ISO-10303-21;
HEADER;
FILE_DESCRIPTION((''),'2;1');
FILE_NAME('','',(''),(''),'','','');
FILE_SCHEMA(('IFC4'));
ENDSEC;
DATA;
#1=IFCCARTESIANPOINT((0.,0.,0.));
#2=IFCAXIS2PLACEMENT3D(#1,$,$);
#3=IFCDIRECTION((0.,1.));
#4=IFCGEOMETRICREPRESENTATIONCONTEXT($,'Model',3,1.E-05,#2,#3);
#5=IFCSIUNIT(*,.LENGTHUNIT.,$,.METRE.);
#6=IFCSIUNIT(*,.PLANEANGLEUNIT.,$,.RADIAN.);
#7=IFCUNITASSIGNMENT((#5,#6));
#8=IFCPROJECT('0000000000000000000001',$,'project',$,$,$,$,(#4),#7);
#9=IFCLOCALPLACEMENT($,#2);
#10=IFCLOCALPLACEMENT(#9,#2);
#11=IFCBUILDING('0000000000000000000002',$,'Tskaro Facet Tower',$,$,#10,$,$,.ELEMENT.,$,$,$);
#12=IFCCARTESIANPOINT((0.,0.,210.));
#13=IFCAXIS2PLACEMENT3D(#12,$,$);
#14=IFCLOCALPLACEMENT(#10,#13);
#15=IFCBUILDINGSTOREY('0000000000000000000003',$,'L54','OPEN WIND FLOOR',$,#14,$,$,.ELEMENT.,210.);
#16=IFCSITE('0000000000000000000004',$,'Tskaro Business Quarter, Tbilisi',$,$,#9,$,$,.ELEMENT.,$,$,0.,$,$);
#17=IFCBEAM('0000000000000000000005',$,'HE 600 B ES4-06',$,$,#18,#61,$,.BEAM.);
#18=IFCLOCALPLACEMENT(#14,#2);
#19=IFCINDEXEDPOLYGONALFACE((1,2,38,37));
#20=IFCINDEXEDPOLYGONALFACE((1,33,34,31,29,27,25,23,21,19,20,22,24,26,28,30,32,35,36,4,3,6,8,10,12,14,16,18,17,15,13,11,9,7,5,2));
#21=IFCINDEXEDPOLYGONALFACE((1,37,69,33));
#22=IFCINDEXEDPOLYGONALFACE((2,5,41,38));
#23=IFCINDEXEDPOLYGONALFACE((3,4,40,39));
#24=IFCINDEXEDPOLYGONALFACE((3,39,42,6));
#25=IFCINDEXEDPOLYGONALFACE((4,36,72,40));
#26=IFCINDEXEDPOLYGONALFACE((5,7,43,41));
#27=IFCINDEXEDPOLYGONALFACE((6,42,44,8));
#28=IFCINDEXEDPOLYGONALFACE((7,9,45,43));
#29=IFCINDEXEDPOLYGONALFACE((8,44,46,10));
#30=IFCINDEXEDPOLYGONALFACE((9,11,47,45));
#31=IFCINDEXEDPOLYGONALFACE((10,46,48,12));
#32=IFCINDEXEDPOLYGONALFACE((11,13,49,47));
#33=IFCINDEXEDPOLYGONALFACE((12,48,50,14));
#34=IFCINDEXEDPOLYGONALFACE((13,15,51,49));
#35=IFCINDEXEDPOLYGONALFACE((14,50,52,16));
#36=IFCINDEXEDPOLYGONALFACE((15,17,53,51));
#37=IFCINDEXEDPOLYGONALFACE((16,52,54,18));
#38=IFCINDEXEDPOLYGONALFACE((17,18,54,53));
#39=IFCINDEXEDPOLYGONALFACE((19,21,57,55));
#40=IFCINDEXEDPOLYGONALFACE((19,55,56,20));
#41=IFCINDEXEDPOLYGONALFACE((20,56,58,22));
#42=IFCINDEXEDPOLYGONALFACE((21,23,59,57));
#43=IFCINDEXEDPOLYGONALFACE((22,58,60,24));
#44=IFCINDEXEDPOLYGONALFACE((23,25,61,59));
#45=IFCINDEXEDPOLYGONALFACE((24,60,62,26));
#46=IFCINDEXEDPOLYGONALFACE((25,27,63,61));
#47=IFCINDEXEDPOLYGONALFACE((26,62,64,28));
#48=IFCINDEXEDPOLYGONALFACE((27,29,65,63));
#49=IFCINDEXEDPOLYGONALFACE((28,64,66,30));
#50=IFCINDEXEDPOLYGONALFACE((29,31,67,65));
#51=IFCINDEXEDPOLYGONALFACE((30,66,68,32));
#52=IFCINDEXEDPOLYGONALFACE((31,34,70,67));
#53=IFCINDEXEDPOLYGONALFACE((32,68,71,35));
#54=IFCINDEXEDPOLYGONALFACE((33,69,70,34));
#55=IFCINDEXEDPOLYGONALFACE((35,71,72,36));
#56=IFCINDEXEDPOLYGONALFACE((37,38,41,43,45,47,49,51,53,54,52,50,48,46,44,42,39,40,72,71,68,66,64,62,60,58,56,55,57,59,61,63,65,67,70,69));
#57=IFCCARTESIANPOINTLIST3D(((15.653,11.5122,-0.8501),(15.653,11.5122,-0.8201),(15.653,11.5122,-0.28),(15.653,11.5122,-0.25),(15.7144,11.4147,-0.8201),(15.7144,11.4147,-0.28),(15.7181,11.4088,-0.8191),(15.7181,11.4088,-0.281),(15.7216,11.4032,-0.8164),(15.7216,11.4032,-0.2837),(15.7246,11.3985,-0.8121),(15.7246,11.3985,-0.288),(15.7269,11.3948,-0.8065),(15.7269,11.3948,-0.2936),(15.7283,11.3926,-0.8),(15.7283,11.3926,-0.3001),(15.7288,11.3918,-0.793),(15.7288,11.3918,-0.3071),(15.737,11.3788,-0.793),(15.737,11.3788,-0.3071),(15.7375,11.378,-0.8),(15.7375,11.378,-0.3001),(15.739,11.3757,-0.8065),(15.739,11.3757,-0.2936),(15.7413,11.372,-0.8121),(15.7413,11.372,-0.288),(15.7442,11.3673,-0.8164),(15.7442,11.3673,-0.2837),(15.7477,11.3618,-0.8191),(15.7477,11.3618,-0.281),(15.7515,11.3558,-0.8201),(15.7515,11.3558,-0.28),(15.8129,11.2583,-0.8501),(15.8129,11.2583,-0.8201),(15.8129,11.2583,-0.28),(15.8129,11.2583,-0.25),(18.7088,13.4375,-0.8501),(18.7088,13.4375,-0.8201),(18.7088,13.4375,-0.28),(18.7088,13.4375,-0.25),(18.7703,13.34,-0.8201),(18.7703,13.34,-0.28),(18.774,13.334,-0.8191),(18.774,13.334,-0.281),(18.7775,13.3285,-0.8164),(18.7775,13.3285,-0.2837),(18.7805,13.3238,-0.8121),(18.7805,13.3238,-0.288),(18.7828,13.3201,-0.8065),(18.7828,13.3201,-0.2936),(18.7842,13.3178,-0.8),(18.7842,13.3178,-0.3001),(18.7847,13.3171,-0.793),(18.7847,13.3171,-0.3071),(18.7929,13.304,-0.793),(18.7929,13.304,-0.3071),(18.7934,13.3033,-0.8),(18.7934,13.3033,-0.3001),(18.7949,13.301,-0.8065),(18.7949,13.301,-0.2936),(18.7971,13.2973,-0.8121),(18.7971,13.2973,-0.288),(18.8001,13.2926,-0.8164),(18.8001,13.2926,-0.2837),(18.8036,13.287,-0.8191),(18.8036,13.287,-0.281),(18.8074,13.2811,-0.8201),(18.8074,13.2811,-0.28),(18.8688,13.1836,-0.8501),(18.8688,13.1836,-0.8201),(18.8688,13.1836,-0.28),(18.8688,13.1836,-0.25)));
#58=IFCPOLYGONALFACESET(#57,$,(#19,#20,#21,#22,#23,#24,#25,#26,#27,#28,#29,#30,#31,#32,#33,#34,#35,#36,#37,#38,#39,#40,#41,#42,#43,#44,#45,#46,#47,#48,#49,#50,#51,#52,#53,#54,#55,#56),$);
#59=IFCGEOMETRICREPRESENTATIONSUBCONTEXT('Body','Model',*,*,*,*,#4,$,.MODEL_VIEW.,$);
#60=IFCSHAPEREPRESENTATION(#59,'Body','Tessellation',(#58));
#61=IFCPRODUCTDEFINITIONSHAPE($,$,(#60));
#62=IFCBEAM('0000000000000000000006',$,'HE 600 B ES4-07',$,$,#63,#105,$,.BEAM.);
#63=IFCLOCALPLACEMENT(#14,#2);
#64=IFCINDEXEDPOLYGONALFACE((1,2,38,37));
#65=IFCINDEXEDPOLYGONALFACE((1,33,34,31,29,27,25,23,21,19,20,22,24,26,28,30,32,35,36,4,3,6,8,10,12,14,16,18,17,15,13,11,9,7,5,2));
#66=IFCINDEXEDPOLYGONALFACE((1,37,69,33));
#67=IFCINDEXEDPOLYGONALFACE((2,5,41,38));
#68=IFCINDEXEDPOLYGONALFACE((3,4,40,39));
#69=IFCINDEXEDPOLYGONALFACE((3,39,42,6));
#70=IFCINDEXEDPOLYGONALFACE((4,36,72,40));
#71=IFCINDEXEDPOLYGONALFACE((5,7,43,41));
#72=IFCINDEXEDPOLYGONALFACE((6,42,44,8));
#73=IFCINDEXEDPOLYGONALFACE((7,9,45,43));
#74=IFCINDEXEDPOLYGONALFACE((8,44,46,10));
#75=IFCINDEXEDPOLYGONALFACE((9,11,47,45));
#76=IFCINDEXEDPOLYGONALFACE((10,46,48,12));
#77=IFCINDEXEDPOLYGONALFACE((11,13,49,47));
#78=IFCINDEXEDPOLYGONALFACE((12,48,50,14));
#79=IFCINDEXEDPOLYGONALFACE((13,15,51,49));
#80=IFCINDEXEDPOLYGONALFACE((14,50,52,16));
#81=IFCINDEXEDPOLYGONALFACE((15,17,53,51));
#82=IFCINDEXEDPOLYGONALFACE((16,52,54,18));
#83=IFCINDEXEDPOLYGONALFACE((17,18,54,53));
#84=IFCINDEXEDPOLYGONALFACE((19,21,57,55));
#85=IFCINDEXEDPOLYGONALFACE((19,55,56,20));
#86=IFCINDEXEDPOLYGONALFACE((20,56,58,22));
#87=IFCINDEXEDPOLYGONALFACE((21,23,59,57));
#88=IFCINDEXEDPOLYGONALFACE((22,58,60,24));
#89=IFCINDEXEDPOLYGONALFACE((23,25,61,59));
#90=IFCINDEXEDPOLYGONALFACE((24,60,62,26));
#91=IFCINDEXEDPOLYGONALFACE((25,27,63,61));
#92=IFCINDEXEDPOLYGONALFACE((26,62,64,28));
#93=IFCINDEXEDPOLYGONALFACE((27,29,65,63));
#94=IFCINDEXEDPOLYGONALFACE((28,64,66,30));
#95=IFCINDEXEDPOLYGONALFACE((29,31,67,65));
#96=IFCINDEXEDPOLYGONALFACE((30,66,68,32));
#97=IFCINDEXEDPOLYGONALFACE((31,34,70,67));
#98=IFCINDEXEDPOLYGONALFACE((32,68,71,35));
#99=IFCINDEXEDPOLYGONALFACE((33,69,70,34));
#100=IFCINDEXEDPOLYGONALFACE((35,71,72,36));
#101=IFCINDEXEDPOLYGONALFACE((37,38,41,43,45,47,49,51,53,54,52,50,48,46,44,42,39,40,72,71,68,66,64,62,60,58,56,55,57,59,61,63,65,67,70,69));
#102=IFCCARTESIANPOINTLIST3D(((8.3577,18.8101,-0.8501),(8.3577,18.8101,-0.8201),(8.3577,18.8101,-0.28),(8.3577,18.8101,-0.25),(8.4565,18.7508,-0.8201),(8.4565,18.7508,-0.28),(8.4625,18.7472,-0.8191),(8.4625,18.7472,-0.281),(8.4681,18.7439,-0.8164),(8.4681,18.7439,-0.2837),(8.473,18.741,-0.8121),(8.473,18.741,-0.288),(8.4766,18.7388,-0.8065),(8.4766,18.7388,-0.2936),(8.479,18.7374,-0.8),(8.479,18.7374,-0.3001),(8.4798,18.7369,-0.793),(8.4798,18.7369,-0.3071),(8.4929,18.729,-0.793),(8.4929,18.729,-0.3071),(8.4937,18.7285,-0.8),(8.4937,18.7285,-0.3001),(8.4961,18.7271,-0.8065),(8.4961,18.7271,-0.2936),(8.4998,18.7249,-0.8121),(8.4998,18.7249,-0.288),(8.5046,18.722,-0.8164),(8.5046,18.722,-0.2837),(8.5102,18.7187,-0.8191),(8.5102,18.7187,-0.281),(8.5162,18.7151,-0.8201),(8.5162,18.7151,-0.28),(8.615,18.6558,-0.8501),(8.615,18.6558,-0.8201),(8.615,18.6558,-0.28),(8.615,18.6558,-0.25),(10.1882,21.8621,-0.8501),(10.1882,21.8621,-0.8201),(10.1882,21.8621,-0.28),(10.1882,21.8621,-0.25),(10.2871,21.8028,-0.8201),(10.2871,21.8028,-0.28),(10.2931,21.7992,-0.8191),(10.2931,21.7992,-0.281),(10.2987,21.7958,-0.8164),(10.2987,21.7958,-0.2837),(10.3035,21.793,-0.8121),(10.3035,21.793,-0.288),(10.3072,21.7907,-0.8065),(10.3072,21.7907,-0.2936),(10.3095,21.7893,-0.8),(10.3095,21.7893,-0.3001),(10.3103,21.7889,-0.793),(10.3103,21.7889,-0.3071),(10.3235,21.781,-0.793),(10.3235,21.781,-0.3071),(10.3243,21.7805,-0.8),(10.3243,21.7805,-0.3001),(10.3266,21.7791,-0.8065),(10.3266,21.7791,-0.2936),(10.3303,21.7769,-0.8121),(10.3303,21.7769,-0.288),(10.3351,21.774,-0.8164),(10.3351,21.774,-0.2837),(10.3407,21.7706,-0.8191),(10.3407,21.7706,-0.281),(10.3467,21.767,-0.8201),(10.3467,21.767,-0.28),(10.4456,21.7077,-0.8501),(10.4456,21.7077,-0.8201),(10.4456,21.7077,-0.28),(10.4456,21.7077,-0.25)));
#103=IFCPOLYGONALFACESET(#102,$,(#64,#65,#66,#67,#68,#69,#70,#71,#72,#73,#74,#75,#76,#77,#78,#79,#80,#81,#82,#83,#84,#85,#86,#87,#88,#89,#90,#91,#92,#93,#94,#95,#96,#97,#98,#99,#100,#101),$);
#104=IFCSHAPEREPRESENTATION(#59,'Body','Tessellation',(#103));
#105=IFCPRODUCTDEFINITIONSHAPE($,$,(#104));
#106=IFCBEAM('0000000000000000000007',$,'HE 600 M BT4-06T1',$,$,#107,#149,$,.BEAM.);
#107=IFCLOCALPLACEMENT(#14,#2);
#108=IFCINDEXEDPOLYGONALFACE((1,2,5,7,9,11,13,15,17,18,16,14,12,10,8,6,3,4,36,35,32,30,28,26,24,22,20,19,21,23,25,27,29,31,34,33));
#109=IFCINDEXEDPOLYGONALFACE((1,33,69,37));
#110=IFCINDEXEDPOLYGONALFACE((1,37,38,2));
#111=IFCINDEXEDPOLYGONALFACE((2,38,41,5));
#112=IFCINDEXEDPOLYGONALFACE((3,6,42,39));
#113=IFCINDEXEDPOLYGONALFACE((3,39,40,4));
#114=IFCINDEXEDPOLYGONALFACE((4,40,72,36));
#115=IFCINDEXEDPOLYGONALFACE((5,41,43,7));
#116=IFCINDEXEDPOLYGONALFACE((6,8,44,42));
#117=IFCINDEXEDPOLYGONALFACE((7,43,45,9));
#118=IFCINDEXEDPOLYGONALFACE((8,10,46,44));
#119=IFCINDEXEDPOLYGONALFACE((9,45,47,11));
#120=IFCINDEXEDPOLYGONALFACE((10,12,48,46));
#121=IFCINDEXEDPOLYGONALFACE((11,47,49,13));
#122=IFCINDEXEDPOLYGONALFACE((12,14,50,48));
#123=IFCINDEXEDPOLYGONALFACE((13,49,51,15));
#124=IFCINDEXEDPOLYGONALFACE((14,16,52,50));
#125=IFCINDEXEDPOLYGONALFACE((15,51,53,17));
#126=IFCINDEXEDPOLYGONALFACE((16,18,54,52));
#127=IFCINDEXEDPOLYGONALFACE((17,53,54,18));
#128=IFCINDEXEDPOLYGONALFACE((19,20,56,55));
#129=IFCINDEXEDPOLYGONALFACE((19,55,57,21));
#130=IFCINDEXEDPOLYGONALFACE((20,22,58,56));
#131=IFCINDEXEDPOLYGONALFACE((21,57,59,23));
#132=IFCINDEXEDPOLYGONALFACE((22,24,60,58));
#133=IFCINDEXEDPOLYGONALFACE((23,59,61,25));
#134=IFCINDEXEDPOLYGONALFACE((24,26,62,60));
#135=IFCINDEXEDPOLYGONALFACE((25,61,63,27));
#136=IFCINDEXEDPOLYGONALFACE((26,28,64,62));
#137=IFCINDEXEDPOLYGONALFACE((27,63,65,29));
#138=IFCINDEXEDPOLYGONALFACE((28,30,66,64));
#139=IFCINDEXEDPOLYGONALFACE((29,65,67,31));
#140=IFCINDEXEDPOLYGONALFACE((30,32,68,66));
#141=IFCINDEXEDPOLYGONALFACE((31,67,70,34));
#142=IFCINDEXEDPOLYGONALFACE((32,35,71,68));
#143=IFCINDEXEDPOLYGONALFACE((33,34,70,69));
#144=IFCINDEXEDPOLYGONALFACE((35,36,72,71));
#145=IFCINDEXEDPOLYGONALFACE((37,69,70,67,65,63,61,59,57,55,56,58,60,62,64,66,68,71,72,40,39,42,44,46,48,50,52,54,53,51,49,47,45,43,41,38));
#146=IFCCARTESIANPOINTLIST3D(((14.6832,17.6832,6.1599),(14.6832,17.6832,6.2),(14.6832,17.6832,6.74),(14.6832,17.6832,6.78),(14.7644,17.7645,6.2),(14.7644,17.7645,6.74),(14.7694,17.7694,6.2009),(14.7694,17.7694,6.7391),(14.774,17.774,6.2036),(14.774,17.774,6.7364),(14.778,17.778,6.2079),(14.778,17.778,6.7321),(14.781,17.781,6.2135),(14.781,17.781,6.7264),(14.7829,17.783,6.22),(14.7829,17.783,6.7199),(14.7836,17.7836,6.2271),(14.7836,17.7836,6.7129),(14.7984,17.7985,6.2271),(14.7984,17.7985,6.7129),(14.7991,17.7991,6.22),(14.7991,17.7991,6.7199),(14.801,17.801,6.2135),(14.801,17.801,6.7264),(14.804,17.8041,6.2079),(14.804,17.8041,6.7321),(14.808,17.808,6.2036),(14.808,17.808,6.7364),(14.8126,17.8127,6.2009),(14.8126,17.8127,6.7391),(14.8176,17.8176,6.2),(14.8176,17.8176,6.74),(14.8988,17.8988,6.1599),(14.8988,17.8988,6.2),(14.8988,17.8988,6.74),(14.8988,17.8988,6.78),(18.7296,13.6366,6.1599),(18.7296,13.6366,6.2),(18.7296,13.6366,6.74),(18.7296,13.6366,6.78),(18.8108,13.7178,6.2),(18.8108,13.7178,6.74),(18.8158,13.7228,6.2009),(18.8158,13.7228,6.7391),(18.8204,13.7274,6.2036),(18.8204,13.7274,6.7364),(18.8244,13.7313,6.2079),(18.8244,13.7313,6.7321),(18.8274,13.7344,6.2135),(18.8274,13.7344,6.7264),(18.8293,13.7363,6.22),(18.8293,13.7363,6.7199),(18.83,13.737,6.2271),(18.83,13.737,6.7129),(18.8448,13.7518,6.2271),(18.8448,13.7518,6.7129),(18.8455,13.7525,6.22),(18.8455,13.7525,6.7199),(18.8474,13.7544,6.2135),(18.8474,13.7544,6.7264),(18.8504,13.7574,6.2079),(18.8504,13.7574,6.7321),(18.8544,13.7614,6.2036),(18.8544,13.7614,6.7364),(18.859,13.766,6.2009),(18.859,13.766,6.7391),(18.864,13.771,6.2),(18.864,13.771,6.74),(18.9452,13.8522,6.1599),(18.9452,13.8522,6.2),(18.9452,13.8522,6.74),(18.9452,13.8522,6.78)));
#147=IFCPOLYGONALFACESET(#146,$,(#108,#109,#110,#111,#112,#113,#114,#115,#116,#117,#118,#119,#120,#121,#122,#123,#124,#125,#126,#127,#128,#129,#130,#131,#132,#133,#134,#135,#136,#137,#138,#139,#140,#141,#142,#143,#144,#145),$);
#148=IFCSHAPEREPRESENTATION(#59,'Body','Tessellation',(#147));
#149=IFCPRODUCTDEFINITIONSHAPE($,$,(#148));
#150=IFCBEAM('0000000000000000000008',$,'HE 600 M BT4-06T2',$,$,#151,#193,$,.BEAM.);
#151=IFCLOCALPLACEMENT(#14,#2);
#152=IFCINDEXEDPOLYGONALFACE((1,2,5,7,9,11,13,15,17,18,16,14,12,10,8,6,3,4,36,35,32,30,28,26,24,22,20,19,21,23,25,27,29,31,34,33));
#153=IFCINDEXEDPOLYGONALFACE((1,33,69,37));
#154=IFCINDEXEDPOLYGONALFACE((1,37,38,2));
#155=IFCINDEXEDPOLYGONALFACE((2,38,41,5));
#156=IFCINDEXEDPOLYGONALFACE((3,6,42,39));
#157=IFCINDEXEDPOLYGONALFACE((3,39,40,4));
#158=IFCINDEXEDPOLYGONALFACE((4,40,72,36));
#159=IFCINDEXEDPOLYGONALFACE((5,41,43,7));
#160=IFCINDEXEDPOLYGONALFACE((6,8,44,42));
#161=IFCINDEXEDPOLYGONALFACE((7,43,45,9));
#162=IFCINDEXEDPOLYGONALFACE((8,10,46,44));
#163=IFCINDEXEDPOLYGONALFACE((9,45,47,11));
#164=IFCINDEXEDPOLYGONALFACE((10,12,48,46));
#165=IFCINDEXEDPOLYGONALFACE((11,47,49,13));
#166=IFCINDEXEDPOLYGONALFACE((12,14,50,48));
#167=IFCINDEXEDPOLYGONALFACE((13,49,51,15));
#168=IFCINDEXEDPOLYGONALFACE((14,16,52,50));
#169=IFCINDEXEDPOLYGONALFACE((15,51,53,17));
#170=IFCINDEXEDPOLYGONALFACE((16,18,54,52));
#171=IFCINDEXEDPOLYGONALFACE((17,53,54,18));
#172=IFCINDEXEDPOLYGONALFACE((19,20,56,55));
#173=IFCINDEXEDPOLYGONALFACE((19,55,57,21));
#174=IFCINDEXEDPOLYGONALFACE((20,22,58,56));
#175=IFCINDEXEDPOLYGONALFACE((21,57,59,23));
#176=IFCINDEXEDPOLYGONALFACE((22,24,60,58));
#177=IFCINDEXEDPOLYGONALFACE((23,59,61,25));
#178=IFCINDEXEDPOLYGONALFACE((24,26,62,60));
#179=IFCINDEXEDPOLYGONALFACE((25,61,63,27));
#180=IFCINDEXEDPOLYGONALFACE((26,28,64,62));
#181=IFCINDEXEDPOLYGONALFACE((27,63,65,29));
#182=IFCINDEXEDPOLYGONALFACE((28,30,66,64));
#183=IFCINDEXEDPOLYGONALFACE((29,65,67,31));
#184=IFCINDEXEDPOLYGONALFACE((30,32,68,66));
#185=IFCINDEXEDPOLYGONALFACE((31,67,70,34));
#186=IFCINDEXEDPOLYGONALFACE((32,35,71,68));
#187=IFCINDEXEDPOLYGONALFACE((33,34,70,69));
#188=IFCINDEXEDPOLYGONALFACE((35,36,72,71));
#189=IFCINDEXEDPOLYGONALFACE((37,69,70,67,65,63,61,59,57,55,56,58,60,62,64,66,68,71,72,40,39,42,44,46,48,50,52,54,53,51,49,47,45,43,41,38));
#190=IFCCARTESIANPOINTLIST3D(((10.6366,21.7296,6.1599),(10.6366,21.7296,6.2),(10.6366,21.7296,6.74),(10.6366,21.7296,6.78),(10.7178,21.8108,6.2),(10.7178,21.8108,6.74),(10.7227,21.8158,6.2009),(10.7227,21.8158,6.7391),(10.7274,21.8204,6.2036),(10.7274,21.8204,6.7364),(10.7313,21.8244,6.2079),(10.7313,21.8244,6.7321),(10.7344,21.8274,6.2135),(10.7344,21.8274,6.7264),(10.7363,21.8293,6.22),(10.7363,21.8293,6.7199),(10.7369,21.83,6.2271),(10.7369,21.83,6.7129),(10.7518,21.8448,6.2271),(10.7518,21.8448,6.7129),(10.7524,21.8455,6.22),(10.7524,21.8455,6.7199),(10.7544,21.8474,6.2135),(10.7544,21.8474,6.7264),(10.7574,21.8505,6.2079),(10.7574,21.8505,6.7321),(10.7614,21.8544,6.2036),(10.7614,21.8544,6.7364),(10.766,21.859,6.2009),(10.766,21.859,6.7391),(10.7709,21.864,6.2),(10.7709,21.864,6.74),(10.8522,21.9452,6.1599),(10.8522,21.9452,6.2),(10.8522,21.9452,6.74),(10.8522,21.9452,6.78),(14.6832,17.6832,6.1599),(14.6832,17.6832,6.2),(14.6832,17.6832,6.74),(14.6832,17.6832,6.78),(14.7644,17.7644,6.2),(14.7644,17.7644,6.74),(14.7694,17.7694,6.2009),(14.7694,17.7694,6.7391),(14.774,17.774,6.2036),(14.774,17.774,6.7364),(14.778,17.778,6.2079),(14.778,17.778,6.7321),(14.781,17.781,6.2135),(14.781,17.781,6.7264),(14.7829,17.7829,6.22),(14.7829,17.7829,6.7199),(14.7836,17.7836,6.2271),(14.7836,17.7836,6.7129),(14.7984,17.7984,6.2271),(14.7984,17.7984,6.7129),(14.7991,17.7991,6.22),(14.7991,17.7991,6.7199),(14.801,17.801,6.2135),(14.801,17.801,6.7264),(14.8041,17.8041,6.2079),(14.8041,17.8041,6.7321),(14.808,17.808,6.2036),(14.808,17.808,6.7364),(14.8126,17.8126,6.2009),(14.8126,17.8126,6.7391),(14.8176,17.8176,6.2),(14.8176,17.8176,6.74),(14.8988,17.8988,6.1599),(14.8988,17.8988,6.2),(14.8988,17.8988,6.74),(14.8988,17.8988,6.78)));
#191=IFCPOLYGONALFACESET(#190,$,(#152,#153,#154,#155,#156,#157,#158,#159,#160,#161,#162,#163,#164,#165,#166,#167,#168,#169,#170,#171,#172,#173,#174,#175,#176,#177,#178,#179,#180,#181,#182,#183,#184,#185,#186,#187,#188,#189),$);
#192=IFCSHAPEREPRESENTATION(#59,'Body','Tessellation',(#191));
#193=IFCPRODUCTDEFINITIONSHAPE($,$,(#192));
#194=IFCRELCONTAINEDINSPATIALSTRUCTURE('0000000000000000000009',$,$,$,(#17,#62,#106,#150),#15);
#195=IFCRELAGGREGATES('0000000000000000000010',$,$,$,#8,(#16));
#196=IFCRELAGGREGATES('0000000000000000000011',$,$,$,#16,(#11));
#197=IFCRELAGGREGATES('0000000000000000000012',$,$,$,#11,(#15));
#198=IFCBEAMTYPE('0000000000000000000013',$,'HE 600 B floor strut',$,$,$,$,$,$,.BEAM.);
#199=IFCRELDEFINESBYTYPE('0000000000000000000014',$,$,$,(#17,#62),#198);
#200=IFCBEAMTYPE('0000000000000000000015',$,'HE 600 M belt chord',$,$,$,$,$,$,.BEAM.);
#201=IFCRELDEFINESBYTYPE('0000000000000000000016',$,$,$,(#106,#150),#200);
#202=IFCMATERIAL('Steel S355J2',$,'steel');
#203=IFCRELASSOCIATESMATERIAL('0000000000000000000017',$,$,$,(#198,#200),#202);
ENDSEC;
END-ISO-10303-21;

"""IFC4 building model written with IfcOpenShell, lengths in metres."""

from ifc_helpers import new_model, si_unit, direction, frame, origin, origin_2d, place, context, subcontext, project, spatial, i_section, extrude, material, material_profile, profile_set, type_object, element, save


model = new_model("IFC4")

# Units and contexts
model_context = context("Model", 3, precision=1e-05, world=origin(), true_north=direction((0.0, 1.0)))
body_context = subcontext(model_context, "Body", "Model", "MODEL_VIEW")
ifc_project = project(units=[si_unit("LENGTHUNIT", "METRE"), si_unit("PLANEANGLEUNIT", "RADIAN")], contexts=[model_context])

# Site, building, storey
site_placement = place(None, origin())
site = spatial("IfcSite", under=ifc_project, at=site_placement, Name="Tskaro Business Quarter, Tbilisi", CompositionType="ELEMENT", RefElevation=0.0)
building_placement = place(site_placement, origin())
building = spatial("IfcBuilding", under=site, at=building_placement, Name="Tskaro Facet Tower", CompositionType="ELEMENT")
storey_placement = place(building_placement, frame((0.0, 0.0, 210.0)))
storey = spatial("IfcBuildingStorey", under=building, at=storey_placement, Name="L54", Description="OPEN WIND FLOOR", CompositionType="ELEMENT", Elevation=210.0)

# Shared definitions
ifc_material_1 = material(Name="Steel S355J2", Category="steel")

# Beams
ifc_material_profile_1 = material_profile(ifc_material_1, i_section(OverallWidth=0.3, OverallDepth=0.6001, WebThickness=0.0154, FlangeThickness=0.03, FilletRadius=0.0271, at=origin_2d()), Name="HE 600 B")
ifc_profile_set_1 = profile_set([ifc_material_profile_1], Name="Steel S355J2")
beam_type_1 = type_object("IfcBeamType", Name="HE 600 B floor strut", PredefinedType="BEAM", material=ifc_profile_set_1)
beam_1_placement = place(storey_placement, frame((18.7888, 13.3105, -0.55), z_axis=(-0.846083, -0.533052, 0.0), x_axis=(0.533052, -0.846083, 0.0)))
element("IfcBeam", 1, at=beam_1_placement, inside=storey, type_object=beam_type_1, Name="HE 600 B ES4-06", PredefinedType="BEAM", context=body_context, shape_type="SweptSolid", body=[
    extrude(i_section(OverallWidth=0.3, OverallDepth=0.6001, WebThickness=0.0154, FlangeThickness=0.03, FilletRadius=0.0271, at=origin_2d()), origin(), (0.0, 0.0, 1.0), 3.6118),
])
beam_2_placement = place(storey_placement, frame((10.3169, 21.7849, -0.55), z_axis=(-0.514365, -0.857572, 0.0), x_axis=(0.857572, -0.514365, 0.0)))
element("IfcBeam", 2, at=beam_2_placement, inside=storey, type_object=beam_type_1, Name="HE 600 B ES4-07", PredefinedType="BEAM", context=body_context, shape_type="SweptSolid", body=[
    extrude(i_section(OverallWidth=0.3, OverallDepth=0.6001, WebThickness=0.0154, FlangeThickness=0.03, FilletRadius=0.0271, at=origin_2d()), origin(), (0.0, 0.0, 1.0), 3.5588),
])
ifc_material_profile_2 = material_profile(ifc_material_1, i_section(OverallWidth=0.3049, OverallDepth=0.6201, WebThickness=0.021, FlangeThickness=0.04, FilletRadius=0.0271, at=origin_2d()), Name="HE 600 M")
ifc_profile_set_2 = profile_set([ifc_material_profile_2], Name="Steel S355J2")
beam_type_2 = type_object("IfcBeamType", Name="HE 600 M belt chord", PredefinedType="BEAM", material=ifc_profile_set_2)
for number, where, z_axis, x_axis, name in (
    (3, (18.8374, 13.7444, 6.47), (-0.707085, 0.707128, 0.0), (-0.707128, -0.707085, 0.0), "HE 600 M BT4-06T1"),
    (4, (14.791, 17.791, 6.47), (-0.707128, 0.707085, 0.0), (-0.707085, -0.707128, 0.0), "HE 600 M BT4-06T2"),
):
    element("IfcBeam", number, at=place(storey_placement, frame(where, z_axis=z_axis, x_axis=x_axis)), inside=storey, type_object=beam_type_2, Name=name, PredefinedType="BEAM", context=body_context, shape_type="SweptSolid", body=[
        extrude(i_section(OverallWidth=0.3049, OverallDepth=0.6201, WebThickness=0.021, FlangeThickness=0.04, FilletRadius=0.0271, at=origin_2d()), origin(), (0.0, 0.0, 1.0), 5.7227),
    ])

save(model, "model.ifc")
